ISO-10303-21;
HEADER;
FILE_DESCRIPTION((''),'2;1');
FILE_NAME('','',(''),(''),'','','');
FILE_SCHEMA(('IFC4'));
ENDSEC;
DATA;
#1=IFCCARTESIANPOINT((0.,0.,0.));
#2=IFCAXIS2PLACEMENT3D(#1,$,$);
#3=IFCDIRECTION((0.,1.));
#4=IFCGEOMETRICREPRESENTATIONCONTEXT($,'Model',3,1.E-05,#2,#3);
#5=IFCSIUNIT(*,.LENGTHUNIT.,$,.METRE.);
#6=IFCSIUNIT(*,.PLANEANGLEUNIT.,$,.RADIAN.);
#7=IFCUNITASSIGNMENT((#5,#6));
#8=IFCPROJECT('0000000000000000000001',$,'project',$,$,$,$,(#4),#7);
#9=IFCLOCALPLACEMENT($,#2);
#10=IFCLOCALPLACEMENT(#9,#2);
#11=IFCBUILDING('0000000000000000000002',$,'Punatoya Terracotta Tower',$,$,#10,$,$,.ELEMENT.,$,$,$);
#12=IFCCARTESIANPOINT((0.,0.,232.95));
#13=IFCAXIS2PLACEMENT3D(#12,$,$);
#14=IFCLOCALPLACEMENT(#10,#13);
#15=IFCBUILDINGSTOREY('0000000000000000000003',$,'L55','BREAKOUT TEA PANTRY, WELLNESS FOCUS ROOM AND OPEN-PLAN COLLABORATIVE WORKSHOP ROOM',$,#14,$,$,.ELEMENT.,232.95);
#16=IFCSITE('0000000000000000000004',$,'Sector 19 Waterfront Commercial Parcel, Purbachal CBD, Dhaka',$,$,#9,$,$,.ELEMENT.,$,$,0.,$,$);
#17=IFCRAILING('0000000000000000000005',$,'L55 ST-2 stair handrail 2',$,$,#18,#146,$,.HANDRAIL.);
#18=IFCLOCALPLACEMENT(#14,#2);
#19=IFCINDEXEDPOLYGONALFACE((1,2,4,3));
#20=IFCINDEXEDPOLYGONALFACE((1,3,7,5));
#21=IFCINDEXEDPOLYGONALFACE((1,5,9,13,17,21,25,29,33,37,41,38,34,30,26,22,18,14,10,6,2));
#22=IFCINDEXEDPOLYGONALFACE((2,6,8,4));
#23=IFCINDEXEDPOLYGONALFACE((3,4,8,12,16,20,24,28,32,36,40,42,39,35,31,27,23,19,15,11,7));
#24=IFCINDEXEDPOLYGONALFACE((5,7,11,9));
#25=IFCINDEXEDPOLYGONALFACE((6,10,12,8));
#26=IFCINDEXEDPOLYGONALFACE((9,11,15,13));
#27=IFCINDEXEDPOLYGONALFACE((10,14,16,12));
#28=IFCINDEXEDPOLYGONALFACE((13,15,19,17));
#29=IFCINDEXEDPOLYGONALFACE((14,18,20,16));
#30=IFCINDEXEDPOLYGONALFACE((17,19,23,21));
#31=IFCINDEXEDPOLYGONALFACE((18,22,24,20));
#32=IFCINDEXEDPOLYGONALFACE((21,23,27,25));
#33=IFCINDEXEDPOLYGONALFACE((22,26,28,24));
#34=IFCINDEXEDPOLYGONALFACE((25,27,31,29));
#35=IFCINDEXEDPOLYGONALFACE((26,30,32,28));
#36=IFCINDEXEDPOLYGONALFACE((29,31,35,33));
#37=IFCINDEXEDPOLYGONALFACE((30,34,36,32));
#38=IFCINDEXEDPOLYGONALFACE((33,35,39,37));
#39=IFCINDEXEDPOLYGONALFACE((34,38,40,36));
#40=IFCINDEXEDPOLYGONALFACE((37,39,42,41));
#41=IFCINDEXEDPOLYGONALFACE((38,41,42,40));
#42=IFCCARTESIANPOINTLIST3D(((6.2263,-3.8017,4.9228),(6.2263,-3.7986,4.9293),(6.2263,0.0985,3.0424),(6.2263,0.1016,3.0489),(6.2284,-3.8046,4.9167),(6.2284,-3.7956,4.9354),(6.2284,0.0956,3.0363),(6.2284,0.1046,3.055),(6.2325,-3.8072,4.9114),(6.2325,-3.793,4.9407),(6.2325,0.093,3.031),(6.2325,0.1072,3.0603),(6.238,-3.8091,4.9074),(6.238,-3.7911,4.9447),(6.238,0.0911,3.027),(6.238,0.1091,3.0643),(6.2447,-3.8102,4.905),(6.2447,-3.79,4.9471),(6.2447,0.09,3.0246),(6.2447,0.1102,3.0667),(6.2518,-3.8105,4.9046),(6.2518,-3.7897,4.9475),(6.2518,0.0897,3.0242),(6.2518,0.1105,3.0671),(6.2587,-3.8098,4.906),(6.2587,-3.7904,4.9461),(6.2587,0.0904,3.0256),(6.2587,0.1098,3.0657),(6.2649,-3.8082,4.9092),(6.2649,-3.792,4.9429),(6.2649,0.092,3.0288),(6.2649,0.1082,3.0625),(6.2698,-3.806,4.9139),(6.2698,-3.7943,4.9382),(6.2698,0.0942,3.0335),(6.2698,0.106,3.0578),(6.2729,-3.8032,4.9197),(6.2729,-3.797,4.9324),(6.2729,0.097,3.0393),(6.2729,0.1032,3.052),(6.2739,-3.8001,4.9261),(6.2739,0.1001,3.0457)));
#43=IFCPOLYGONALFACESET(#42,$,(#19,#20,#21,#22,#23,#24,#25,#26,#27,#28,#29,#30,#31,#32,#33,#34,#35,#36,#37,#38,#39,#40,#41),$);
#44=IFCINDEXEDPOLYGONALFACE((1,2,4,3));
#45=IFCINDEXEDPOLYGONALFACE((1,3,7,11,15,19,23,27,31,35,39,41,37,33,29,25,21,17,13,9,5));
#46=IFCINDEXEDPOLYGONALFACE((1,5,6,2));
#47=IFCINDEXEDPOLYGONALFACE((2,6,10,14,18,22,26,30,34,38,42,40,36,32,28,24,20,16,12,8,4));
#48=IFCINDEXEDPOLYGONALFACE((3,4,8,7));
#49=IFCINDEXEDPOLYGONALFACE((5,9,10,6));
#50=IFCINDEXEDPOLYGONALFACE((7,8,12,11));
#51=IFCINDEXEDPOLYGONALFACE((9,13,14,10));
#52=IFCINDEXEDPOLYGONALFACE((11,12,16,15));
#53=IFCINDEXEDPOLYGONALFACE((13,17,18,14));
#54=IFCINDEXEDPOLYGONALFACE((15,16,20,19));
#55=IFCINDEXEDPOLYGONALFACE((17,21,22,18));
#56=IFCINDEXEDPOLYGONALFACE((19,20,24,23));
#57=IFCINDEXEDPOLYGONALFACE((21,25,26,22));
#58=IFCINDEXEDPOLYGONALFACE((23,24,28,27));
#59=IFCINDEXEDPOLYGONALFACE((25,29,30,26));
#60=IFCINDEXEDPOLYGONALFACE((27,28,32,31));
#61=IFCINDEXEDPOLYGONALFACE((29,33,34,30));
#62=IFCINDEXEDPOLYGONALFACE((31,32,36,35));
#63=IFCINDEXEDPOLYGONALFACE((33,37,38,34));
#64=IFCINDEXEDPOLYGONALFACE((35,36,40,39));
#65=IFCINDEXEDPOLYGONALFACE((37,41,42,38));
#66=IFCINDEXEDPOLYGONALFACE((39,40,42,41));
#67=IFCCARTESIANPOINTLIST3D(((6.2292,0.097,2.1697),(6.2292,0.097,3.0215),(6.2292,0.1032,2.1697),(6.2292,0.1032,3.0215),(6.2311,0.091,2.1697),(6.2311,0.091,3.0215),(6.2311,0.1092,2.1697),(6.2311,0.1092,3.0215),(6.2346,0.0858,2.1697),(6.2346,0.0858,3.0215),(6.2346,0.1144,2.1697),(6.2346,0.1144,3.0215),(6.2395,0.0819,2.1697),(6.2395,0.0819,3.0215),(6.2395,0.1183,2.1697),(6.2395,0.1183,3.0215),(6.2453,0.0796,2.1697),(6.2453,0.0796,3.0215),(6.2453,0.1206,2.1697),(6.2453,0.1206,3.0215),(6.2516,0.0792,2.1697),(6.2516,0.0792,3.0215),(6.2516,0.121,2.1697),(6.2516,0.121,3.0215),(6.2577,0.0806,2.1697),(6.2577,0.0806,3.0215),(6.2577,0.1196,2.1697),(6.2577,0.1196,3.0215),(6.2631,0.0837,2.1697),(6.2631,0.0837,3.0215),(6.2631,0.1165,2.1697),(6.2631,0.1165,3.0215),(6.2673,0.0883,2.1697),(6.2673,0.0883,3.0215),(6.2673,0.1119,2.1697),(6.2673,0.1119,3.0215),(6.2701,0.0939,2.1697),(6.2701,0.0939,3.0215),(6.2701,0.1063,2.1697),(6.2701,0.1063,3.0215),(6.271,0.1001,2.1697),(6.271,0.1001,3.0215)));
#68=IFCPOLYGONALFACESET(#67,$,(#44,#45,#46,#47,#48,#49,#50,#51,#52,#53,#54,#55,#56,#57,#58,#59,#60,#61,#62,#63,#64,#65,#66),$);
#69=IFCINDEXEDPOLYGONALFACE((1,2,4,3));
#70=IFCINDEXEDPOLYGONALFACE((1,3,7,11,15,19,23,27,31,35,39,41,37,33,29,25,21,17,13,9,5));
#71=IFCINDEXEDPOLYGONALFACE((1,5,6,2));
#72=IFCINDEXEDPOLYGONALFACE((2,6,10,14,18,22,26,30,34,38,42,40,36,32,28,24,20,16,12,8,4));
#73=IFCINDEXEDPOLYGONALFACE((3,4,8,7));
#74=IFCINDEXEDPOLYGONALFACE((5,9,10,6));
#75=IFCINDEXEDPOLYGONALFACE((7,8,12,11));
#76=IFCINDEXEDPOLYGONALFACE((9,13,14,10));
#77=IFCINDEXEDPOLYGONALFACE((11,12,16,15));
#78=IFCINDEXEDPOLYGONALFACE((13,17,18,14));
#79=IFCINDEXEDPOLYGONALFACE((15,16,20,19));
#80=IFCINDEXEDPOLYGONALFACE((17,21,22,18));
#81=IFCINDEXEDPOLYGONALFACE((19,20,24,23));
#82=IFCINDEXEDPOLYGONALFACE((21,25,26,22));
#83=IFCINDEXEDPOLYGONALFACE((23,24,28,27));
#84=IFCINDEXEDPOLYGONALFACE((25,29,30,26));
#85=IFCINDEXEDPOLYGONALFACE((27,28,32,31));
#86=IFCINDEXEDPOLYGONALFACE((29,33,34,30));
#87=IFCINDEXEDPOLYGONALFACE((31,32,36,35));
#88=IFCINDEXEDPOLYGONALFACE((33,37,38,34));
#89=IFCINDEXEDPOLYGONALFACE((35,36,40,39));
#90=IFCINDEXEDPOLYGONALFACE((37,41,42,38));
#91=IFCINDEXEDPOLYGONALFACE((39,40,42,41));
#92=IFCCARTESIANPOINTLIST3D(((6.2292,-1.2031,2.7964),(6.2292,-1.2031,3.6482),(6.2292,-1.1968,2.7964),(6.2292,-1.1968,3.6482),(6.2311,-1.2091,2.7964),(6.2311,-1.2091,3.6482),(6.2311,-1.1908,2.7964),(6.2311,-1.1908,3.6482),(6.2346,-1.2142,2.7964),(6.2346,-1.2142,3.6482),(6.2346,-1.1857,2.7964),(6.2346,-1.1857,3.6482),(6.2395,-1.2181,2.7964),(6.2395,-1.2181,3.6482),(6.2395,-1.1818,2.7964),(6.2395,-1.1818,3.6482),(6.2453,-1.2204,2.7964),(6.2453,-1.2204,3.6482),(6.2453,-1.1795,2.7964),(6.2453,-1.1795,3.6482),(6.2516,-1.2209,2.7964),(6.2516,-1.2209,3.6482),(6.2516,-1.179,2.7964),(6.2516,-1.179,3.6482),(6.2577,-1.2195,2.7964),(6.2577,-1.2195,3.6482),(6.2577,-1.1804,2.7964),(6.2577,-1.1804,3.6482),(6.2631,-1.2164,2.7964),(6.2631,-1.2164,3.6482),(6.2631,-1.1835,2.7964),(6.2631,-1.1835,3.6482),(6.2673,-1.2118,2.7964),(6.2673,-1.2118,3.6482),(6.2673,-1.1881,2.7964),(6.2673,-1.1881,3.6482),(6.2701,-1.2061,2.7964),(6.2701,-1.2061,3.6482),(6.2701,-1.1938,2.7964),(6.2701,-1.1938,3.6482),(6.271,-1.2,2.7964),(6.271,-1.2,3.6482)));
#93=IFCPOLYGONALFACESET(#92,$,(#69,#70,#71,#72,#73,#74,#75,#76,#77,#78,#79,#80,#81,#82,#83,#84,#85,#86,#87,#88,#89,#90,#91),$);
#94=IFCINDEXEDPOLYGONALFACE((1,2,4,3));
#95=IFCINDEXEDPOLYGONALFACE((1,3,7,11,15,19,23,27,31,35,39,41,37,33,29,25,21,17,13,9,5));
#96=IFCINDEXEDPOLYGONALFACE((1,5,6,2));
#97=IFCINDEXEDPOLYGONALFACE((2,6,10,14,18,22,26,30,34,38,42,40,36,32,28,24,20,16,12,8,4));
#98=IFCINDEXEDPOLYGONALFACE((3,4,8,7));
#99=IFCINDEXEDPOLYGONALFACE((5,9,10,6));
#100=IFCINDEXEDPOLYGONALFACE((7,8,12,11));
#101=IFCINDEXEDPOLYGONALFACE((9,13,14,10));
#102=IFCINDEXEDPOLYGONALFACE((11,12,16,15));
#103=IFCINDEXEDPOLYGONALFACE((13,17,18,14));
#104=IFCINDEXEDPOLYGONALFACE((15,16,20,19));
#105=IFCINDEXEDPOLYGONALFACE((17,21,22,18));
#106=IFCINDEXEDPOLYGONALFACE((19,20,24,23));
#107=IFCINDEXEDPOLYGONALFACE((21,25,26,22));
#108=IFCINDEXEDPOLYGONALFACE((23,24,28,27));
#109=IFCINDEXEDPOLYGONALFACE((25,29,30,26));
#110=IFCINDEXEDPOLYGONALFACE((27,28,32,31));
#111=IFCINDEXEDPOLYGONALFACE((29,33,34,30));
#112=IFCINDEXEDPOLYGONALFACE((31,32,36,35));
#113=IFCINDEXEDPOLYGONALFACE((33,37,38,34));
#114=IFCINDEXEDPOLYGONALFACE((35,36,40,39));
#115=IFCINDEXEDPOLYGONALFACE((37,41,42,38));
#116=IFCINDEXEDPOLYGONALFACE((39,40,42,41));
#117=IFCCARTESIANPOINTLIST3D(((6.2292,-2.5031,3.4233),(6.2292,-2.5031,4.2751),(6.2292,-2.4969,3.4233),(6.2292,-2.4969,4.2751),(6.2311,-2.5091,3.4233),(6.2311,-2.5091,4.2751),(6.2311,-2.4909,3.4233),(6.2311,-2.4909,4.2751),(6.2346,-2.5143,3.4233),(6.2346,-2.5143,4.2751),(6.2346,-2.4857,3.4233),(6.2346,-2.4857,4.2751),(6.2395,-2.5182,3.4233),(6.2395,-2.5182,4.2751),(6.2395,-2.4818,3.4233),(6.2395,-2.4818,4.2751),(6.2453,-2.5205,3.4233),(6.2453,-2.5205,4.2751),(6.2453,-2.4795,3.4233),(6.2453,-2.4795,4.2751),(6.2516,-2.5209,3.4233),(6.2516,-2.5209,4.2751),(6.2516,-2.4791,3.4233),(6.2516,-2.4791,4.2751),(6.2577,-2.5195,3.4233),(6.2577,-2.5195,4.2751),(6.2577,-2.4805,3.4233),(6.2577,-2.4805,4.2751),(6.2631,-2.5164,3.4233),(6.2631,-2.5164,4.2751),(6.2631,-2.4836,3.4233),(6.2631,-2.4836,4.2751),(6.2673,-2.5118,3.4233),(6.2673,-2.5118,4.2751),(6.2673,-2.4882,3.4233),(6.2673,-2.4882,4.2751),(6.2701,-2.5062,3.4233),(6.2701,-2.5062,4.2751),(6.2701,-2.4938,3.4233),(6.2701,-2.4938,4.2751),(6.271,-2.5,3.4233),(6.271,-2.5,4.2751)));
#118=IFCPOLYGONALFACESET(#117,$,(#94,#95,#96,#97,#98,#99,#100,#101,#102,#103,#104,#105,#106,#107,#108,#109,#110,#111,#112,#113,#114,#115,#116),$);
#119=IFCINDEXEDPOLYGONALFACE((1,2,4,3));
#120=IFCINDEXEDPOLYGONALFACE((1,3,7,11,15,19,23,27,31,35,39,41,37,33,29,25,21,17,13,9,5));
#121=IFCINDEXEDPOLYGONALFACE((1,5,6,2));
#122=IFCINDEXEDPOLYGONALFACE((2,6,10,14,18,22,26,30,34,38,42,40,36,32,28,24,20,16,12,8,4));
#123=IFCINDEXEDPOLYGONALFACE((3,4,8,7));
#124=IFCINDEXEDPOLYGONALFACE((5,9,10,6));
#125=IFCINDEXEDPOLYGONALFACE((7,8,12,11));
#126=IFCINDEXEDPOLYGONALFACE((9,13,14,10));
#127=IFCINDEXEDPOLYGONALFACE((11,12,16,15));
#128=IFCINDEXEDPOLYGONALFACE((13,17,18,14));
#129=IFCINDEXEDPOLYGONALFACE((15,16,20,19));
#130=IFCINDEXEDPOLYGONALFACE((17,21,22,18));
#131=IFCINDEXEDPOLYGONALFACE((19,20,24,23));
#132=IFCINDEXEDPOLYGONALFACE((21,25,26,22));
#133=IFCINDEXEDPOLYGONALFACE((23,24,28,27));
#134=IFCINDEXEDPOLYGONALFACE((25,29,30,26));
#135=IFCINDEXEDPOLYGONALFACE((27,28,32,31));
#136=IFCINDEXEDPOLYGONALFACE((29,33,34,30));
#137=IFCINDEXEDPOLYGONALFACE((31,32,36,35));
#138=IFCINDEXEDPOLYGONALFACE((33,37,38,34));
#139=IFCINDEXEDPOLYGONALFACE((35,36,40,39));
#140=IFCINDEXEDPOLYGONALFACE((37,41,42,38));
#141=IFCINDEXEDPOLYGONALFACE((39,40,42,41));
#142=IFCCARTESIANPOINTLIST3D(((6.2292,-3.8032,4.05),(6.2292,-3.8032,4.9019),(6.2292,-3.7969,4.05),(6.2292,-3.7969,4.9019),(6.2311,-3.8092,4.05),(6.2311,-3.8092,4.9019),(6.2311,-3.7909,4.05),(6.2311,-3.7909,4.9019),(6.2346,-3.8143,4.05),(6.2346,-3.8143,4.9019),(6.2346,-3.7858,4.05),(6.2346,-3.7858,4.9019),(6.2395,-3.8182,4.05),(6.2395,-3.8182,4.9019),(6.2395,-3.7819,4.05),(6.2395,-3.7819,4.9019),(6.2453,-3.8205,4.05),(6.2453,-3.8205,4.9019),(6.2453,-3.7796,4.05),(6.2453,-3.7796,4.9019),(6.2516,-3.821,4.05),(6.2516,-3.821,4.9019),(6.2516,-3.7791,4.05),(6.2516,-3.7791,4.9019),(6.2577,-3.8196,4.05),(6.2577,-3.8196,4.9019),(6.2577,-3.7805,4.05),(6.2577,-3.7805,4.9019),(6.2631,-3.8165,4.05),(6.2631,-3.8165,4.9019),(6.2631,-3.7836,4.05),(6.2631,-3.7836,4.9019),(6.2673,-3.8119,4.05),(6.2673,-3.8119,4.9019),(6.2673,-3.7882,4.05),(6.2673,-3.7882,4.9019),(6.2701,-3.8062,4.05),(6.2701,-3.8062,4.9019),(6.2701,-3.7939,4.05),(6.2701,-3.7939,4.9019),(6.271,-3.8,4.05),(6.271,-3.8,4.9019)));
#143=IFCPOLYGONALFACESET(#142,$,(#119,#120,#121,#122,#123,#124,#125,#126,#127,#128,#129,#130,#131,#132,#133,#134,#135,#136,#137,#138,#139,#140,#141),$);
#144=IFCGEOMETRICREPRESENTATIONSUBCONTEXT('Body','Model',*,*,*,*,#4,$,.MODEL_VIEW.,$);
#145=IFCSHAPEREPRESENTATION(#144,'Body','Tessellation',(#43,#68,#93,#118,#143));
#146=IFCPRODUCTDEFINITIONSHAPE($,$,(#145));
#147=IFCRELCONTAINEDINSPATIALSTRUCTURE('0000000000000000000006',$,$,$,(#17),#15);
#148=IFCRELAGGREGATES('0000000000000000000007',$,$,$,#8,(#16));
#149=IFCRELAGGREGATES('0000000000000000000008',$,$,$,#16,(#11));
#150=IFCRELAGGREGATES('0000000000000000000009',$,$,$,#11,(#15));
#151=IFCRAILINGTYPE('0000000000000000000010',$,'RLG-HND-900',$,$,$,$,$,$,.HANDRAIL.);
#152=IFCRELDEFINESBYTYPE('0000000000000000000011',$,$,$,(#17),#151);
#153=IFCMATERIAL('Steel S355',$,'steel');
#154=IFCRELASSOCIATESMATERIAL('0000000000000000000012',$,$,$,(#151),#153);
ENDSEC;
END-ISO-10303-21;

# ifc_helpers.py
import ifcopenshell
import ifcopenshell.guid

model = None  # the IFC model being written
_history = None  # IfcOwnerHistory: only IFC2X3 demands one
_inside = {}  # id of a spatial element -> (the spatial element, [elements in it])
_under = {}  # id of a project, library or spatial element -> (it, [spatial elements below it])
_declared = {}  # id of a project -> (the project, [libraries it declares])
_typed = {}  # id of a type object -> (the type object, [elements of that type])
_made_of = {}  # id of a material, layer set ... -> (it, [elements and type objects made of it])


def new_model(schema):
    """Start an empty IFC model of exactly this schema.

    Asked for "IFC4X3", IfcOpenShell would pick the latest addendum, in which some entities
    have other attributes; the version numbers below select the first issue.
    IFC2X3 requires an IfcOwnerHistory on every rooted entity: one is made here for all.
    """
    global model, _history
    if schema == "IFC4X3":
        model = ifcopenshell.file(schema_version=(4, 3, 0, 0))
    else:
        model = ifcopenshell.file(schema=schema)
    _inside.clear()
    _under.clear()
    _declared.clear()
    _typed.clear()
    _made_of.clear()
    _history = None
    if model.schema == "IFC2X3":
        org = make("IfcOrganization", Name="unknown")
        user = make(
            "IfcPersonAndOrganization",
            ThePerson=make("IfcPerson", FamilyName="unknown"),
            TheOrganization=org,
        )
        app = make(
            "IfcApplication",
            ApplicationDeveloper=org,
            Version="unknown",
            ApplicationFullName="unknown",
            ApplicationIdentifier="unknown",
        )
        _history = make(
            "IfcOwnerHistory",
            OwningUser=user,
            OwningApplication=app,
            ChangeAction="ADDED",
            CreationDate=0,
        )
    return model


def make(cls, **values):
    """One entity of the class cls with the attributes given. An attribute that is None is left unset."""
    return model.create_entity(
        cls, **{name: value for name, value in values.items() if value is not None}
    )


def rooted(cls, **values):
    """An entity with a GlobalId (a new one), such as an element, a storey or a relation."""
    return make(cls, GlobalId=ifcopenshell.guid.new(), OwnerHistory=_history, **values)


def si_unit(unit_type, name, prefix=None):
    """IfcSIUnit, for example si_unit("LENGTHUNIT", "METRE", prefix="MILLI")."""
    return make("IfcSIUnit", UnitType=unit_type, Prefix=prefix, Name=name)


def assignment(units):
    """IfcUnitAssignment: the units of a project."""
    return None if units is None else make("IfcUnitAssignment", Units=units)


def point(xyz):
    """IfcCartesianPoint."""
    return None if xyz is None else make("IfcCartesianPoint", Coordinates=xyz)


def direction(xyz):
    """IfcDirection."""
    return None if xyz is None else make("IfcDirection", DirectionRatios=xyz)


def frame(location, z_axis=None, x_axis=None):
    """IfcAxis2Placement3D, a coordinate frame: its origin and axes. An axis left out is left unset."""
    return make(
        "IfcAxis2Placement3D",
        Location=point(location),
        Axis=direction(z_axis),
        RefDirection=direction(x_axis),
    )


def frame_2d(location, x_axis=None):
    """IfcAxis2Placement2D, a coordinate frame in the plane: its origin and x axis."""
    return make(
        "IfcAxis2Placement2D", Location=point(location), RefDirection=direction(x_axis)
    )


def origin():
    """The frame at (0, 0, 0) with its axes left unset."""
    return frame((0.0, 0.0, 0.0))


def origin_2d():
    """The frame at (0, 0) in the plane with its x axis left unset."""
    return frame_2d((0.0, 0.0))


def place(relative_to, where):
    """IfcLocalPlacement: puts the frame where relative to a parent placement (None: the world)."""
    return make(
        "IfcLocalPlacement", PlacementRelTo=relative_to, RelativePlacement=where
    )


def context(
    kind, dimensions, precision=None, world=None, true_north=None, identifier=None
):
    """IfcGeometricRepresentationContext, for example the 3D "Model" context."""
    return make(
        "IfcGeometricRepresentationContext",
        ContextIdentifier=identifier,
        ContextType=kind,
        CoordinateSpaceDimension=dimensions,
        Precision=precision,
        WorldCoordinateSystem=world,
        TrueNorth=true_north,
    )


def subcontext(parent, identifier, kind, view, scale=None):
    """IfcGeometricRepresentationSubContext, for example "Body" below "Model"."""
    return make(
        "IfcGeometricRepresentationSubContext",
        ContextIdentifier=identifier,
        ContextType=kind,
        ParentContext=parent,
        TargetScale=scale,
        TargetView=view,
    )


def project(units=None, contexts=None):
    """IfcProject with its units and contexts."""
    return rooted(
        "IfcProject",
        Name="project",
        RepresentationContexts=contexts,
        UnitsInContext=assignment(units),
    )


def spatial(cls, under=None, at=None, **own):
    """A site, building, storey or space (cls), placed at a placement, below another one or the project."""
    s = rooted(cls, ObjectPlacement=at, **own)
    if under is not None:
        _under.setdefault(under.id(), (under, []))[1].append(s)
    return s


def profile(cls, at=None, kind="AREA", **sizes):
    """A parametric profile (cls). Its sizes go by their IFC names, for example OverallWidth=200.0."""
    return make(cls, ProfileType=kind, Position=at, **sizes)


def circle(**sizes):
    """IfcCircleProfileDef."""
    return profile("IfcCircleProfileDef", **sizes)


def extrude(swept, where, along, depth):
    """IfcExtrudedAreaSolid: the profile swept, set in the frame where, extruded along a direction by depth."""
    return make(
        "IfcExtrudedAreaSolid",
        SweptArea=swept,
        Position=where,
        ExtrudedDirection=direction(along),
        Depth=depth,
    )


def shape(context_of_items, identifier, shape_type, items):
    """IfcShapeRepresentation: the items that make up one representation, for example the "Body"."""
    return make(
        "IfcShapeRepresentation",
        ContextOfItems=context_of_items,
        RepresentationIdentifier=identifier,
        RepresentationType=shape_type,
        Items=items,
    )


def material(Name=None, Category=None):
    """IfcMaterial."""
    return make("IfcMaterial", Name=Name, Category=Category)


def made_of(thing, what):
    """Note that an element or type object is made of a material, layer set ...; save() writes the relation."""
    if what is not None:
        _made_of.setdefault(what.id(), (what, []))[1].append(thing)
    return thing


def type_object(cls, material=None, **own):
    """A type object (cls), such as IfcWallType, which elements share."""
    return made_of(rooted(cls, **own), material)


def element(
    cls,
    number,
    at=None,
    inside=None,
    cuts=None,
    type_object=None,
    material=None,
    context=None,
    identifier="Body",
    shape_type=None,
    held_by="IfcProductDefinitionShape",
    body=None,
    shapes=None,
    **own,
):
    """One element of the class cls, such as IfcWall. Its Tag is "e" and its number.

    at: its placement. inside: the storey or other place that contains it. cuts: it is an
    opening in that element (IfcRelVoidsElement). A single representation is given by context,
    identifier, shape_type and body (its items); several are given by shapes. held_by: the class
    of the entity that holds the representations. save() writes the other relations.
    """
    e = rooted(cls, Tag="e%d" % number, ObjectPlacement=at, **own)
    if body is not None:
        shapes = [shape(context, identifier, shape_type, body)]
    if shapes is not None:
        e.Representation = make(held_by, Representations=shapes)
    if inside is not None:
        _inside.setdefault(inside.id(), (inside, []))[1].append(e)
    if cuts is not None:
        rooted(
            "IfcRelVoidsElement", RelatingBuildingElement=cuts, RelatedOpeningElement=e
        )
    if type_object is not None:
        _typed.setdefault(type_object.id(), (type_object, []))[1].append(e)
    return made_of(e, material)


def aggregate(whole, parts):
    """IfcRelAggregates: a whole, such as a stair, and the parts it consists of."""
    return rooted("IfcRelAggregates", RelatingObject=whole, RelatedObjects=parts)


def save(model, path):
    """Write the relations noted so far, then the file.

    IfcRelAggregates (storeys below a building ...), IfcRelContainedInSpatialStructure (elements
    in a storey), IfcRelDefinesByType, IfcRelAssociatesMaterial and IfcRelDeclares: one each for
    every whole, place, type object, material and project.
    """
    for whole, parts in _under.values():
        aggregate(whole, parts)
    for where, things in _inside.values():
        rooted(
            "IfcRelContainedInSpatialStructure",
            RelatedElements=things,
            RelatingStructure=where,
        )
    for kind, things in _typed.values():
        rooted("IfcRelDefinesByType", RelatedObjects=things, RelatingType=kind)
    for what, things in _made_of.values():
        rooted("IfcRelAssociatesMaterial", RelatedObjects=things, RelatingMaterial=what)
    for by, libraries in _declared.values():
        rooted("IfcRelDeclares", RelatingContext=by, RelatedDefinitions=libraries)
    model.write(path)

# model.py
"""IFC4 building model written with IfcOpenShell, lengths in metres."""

from ifc_helpers import new_model, si_unit, direction, frame, origin, origin_2d, place, context, subcontext, project, spatial, circle, extrude, material, type_object, element, save


model = new_model("IFC4")

# Units and contexts
model_context = context("Model", 3, precision=1e-05, world=origin(), true_north=direction((0.0, 1.0)))
body_context = subcontext(model_context, "Body", "Model", "MODEL_VIEW")
ifc_project = project(units=[si_unit("LENGTHUNIT", "METRE"), si_unit("PLANEANGLEUNIT", "RADIAN")], contexts=[model_context])

# Site, building, storey
site_placement = place(None, origin())
site = spatial("IfcSite", under=ifc_project, at=site_placement, Name="Sector 19 Waterfront Commercial Parcel, Purbachal CBD, Dhaka", CompositionType="ELEMENT", RefElevation=0.0)
building_placement = place(site_placement, origin())
building = spatial("IfcBuilding", under=site, at=building_placement, Name="Punatoya Terracotta Tower", CompositionType="ELEMENT")
storey_placement = place(building_placement, frame((0.0, 0.0, 232.95)))
storey = spatial("IfcBuildingStorey", under=building, at=storey_placement, Name="L55", Description="BREAKOUT TEA PANTRY, WELLNESS FOCUS ROOM AND OPEN-PLAN COLLABORATIVE WORKSHOP ROOM", CompositionType="ELEMENT", Elevation=232.95)

# Shared definitions
ifc_material_1 = material(Name="Steel S355", Category="steel")

# Railing
railing_type_1 = type_object("IfcRailingType", Name="RLG-HND-900", PredefinedType="HANDRAIL", material=ifc_material_1)
railing_1_placement = place(storey_placement, frame((6.25, 0.1001, 2.1697)))
element("IfcRailing", 1, at=railing_1_placement, inside=storey, type_object=railing_type_1, Name="L55 ST-2 stair handrail 2", PredefinedType="HANDRAIL", context=body_context, shape_type="SweptSolid", body=[
    extrude(circle(Radius=0.0239, at=origin_2d()), frame((0.0, 0.0, 0.876), z_axis=(0.0, -0.900774, 0.434289), x_axis=(1.0, 0.0, 0.0)), (0.0, 0.0, 1.0), 4.3298),
    extrude(circle(Radius=0.021, at=origin_2d()), origin(), (0.0, 0.0, 1.0), 0.8518),
    extrude(circle(Radius=0.021, at=origin_2d()), frame((0.0, -1.3, 0.6267)), (0.0, 0.0, 1.0), 0.8518),
    extrude(circle(Radius=0.021, at=origin_2d()), frame((0.0, -2.6001, 1.2537)), (0.0, 0.0, 1.0), 0.8518),
    extrude(circle(Radius=0.021, at=origin_2d()), frame((0.0, -3.9001, 1.8804)), (0.0, 0.0, 1.0), 0.8518),
])

save(model, "model.ifc")
